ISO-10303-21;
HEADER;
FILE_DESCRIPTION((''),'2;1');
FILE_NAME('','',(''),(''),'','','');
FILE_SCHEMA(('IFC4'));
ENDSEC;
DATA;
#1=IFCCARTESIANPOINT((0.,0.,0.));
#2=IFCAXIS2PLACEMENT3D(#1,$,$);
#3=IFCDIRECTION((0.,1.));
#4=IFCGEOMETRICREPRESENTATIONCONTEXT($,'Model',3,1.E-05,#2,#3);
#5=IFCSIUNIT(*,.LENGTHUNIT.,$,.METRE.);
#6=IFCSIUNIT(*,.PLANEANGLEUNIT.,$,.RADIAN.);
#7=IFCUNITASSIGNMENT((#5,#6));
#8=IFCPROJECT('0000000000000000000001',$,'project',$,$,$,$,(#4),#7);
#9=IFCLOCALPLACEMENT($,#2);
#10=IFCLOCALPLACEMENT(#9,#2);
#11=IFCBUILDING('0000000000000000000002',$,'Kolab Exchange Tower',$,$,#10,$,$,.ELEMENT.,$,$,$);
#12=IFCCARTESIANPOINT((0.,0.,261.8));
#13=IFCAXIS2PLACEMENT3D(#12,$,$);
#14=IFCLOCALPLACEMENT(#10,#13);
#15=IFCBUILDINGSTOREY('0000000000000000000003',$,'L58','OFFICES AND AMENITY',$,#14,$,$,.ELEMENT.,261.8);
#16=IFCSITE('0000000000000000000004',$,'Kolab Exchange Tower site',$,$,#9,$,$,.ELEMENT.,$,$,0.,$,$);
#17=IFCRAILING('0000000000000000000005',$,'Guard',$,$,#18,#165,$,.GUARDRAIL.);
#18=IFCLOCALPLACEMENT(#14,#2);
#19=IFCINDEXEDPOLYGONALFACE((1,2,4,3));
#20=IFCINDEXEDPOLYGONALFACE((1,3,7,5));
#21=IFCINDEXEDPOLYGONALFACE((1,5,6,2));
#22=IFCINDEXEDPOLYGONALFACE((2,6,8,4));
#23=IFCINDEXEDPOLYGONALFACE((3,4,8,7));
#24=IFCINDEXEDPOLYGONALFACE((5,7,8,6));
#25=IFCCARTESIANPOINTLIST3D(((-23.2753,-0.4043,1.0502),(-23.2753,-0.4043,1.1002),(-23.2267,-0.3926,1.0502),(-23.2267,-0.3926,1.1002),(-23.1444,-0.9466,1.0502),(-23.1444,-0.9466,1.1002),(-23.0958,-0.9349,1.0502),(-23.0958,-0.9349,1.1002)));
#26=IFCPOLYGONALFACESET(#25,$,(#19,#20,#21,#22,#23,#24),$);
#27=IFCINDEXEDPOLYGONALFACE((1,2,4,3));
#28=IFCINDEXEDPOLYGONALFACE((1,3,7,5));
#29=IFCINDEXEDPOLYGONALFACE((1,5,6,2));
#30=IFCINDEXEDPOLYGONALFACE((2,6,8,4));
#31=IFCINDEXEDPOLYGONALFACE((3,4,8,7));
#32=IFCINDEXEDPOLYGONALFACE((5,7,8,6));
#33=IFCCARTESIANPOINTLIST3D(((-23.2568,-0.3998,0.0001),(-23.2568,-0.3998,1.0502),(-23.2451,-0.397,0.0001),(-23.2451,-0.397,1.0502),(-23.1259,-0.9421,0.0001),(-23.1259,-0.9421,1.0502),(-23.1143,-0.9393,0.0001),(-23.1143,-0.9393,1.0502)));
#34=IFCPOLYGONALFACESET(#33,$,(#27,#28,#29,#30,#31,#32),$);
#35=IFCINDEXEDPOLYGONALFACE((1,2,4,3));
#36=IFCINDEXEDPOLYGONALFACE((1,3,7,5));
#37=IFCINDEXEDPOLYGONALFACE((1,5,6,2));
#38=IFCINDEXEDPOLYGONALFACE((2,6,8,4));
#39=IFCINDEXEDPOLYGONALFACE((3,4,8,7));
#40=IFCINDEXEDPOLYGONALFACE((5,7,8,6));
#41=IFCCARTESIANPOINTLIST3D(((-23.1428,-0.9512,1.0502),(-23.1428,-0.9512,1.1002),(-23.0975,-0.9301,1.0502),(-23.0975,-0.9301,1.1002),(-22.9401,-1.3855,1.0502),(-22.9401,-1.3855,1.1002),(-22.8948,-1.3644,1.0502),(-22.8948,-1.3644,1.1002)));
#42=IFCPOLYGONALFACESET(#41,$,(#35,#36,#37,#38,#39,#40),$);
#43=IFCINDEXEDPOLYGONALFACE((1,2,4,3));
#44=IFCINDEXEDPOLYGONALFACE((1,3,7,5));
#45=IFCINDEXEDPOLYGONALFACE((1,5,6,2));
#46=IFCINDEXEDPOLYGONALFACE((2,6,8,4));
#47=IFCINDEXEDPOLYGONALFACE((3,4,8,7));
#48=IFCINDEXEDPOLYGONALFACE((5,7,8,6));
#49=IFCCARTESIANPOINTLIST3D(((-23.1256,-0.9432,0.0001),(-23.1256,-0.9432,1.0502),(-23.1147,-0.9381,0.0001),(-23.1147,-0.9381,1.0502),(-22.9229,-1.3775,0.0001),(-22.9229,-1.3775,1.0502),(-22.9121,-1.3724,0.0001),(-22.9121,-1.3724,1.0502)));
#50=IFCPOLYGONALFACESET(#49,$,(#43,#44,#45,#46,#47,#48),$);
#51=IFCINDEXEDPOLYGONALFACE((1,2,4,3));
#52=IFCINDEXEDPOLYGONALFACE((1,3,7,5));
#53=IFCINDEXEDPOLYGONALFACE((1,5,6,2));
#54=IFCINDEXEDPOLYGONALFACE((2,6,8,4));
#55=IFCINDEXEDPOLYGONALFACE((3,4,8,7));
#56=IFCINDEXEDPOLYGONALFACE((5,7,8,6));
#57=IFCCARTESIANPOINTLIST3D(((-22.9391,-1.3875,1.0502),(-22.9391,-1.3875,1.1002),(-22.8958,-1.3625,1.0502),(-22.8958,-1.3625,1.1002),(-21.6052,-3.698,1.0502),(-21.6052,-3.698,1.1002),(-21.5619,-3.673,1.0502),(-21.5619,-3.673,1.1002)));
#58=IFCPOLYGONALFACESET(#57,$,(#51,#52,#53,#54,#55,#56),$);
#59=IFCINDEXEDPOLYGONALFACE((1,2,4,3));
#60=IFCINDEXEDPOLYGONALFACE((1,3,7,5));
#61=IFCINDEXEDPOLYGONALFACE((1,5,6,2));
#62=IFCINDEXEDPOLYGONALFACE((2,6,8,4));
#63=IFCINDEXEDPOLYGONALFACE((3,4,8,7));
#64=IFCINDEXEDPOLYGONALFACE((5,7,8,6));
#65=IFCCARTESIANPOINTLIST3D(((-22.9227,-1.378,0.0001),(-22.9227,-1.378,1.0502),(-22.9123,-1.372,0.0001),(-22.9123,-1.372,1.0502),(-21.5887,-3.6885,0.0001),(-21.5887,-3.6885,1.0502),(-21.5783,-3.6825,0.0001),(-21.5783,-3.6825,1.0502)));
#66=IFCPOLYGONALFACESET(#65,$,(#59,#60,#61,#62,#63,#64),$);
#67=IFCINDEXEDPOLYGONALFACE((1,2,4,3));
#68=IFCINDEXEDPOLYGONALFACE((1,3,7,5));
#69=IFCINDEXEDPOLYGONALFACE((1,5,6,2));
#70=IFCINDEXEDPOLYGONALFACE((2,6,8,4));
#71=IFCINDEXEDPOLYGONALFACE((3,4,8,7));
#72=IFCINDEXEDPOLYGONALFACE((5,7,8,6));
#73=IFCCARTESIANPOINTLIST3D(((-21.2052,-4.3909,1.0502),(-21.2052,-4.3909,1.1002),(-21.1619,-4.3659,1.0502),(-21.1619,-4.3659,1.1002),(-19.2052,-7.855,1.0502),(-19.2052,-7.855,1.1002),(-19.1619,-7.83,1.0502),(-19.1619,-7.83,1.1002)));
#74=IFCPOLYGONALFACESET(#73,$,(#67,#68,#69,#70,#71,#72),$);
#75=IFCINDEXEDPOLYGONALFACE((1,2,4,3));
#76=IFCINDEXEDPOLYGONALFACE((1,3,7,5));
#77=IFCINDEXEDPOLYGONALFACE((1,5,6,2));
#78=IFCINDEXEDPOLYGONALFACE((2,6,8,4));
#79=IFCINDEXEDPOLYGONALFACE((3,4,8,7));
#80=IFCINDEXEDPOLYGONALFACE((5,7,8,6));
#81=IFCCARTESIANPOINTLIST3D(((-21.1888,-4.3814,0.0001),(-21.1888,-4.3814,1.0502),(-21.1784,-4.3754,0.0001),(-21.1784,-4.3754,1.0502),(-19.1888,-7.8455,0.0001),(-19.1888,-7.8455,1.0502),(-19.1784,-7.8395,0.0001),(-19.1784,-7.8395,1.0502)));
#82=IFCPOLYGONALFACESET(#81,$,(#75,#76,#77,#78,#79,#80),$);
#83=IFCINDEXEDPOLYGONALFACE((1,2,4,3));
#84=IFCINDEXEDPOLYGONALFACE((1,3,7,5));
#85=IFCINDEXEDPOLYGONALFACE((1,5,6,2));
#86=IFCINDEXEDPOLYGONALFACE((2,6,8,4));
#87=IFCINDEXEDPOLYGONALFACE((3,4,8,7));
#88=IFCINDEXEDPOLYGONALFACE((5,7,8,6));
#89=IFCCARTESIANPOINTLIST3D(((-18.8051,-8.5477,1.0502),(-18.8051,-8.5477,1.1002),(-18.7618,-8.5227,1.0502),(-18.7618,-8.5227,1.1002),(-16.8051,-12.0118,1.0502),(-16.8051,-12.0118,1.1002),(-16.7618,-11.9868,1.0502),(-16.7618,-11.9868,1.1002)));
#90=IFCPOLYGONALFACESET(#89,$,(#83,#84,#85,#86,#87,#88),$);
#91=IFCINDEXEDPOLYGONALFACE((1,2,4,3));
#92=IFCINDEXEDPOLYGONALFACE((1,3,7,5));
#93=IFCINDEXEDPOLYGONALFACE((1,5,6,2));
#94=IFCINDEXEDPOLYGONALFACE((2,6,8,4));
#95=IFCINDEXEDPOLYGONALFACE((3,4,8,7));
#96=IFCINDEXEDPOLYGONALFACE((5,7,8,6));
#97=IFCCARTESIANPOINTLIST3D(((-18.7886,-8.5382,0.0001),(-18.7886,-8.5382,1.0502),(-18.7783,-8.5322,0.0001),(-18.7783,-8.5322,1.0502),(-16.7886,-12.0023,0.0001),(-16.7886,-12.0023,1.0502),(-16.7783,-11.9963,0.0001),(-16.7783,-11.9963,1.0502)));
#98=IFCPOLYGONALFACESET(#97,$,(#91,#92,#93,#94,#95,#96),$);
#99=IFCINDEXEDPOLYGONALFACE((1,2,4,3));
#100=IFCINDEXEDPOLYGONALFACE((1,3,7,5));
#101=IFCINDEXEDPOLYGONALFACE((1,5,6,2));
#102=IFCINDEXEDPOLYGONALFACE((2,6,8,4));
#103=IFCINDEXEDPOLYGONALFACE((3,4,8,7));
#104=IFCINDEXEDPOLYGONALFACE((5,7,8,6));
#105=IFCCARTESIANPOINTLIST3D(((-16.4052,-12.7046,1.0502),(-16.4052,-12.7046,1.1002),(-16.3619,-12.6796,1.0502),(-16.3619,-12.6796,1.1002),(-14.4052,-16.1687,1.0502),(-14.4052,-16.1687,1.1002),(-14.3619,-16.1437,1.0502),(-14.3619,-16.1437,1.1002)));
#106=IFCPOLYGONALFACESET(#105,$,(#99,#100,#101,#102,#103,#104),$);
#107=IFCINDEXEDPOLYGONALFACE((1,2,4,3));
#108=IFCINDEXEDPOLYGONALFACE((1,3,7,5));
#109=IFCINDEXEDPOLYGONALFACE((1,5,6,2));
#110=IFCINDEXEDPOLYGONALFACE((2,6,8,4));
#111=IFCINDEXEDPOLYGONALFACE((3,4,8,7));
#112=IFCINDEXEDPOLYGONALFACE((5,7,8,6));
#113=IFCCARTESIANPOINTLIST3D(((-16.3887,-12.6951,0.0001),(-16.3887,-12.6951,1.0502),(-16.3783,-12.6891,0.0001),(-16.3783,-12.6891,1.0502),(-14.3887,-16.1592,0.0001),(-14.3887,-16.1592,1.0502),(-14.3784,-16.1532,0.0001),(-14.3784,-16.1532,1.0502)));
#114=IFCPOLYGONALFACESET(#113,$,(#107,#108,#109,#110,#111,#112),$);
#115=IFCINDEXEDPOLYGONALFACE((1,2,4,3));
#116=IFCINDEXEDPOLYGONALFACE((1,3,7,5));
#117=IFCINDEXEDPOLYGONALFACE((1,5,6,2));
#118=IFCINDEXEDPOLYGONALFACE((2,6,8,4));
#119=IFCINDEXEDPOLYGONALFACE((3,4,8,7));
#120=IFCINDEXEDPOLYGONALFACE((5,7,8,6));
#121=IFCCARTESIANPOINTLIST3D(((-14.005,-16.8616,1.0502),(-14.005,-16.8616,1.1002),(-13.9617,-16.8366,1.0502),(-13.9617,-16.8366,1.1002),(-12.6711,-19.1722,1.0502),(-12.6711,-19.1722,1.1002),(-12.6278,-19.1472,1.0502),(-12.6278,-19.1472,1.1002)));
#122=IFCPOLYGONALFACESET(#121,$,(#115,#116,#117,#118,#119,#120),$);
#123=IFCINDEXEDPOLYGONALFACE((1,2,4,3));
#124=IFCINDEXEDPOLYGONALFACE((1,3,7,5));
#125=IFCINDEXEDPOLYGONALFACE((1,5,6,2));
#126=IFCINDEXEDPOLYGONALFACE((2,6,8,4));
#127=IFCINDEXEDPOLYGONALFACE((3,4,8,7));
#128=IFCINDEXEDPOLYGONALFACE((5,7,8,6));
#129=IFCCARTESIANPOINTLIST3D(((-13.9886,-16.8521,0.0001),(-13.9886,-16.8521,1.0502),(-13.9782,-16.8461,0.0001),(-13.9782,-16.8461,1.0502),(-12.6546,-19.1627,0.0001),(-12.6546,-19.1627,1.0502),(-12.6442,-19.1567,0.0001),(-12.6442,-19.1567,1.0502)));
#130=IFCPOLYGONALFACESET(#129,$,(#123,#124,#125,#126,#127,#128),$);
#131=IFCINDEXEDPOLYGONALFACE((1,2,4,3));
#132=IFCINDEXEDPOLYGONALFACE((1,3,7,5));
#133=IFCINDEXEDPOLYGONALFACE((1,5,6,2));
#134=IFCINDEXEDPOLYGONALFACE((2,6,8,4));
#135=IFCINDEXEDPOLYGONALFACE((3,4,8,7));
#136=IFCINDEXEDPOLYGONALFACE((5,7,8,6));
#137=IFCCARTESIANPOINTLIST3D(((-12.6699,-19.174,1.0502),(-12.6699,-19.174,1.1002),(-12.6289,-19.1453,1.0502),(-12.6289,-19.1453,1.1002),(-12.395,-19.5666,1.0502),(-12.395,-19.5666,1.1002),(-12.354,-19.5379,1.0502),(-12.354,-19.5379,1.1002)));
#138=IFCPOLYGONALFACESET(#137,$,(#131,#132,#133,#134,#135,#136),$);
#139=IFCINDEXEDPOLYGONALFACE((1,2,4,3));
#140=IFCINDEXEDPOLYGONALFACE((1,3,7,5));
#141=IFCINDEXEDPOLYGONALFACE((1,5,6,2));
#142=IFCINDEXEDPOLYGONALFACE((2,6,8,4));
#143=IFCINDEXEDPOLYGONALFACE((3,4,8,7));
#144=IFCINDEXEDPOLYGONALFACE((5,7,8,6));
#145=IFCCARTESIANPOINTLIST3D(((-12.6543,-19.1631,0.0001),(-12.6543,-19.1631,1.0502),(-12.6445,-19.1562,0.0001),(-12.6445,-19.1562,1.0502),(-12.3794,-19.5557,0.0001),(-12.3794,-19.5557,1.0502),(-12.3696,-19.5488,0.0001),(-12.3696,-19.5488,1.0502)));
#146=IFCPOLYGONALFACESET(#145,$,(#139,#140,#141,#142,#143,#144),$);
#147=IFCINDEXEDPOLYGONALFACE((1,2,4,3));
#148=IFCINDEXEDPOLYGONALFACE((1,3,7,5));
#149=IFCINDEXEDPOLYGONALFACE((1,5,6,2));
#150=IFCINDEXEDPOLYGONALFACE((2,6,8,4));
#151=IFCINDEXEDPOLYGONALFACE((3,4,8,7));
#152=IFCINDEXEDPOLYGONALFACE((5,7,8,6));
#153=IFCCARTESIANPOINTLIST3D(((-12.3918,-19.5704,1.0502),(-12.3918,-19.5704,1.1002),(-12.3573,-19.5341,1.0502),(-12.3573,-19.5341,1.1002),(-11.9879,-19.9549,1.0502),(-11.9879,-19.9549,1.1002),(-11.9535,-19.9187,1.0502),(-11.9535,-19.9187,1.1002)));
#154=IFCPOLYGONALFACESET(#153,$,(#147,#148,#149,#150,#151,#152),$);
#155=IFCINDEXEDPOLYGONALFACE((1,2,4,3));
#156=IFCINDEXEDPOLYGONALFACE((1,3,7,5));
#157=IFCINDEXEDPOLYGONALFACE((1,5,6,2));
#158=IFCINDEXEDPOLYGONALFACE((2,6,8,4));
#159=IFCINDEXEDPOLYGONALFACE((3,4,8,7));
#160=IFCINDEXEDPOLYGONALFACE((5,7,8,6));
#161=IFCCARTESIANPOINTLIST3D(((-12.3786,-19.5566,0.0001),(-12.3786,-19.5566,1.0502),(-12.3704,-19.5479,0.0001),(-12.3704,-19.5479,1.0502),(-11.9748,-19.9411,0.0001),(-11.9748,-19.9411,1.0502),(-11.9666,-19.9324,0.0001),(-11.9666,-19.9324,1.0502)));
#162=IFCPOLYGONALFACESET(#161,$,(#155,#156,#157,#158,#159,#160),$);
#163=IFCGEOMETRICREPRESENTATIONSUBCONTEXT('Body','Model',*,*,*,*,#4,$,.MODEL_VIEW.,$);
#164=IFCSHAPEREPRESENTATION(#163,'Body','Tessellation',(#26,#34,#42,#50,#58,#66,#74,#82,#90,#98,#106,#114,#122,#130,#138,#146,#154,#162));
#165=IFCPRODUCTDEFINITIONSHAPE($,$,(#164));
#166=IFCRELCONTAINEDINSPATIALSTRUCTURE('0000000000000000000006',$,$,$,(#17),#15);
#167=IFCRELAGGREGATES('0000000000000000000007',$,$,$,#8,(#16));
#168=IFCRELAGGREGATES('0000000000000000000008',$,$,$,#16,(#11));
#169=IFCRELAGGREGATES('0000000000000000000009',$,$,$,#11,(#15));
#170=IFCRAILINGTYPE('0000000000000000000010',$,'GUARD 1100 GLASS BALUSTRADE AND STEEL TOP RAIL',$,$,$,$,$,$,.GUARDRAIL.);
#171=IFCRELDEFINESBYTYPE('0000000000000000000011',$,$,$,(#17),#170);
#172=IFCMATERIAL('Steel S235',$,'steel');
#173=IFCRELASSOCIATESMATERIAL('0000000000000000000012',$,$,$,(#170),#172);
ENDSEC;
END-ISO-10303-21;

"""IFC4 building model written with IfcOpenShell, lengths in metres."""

from ifc_helpers import new_model, si_unit, direction, frame, frame_2d, origin, origin_2d, place, context, subcontext, project, spatial, rectangle, extrude, material, type_object, element, save


model = new_model("IFC4")

# Units and contexts
model_context = context("Model", 3, precision=1e-05, world=origin(), true_north=direction((0.0, 1.0)))
body_context = subcontext(model_context, "Body", "Model", "MODEL_VIEW")
ifc_project = project(units=[si_unit("LENGTHUNIT", "METRE"), si_unit("PLANEANGLEUNIT", "RADIAN")], contexts=[model_context])

# Site, building, storey
site_placement = place(None, origin())
site = spatial("IfcSite", under=ifc_project, at=site_placement, Name="Kolab Exchange Tower site", CompositionType="ELEMENT", RefElevation=0.0)
building_placement = place(site_placement, origin())
building = spatial("IfcBuilding", under=site, at=building_placement, Name="Kolab Exchange Tower", CompositionType="ELEMENT")
storey_placement = place(building_placement, frame((0.0, 0.0, 261.8)))
storey = spatial("IfcBuildingStorey", under=building, at=storey_placement, Name="L58", Description="OFFICES AND AMENITY", CompositionType="ELEMENT", Elevation=261.8)

# Railing
ifc_material_1 = material(Name="Steel S235", Category="steel")
railing_type = type_object("IfcRailingType", Name="GUARD 1100 GLASS BALUSTRADE AND STEEL TOP RAIL", PredefinedType="GUARDRAIL", material=ifc_material_1)
railing_placement = place(storey_placement, frame((-23.251, -0.3984, 0.0)))
element("IfcRailing", 1, at=railing_placement, inside=storey, type_object=railing_type, Name="Guard", PredefinedType="GUARDRAIL", context=body_context, shape_type="SweptSolid", body=[
    extrude(rectangle(XDim=0.05, YDim=0.05, at=origin_2d()), frame((0.0, 0.0, 1.0752), z_axis=(0.234598, -0.972093, 0.0), x_axis=(0.972093, 0.234598, 0.0)), (0.0, 0.0, 1.0), 0.5579),
    extrude(rectangle(XDim=0.012, YDim=1.0501, at=frame_2d((0.0, 0.5251))), frame((0.0, 0.0, 0.0), z_axis=(0.234598, -0.972093, 0.0), x_axis=(0.972093, 0.234598, 0.0)), (0.0, 0.0, 1.0), 0.5579),
    extrude(rectangle(XDim=0.05, YDim=0.05, at=origin_2d()), frame((0.1309, -0.5422, 1.0752), z_axis=(0.422802, -0.906222, 0.0), x_axis=(0.906222, 0.422802, 0.0)), (0.0, 0.0, 1.0), 0.4792),
    extrude(rectangle(XDim=0.012, YDim=1.0501, at=frame_2d((0.0, 0.5251))), frame((0.1309, -0.5422, 0.0), z_axis=(0.422802, -0.906222, 0.0), x_axis=(0.906222, 0.422802, 0.0)), (0.0, 0.0, 1.0), 0.4792),
    extrude(rectangle(XDim=0.05, YDim=0.05, at=origin_2d()), frame((0.3335, -0.9766, 1.0752), z_axis=(0.499997, -0.866027, 0.0), x_axis=(0.866027, 0.499997, 0.0)), (0.0, 0.0, 1.0), 2.668),
    extrude(rectangle(XDim=0.012, YDim=1.0501, at=frame_2d((0.0, 0.5251))), frame((0.3335, -0.9766, 0.0), z_axis=(0.499997, -0.866027, 0.0), x_axis=(0.866027, 0.499997, 0.0)), (0.0, 0.0, 1.0), 2.668),
    extrude(rectangle(XDim=0.05, YDim=0.05, at=origin_2d()), frame((2.0674, -3.98, 1.0752), z_axis=(0.499999, -0.866026, 0.0), x_axis=(0.866026, 0.499999, 0.0)), (0.0, 0.0, 1.0), 4.0),
    extrude(rectangle(XDim=0.012, YDim=1.0501, at=frame_2d((0.0, 0.5251))), frame((2.0674, -3.98, 0.0), z_axis=(0.499999, -0.866026, 0.0), x_axis=(0.866026, 0.499999, 0.0)), (0.0, 0.0, 1.0), 4.0),
    extrude(rectangle(XDim=0.05, YDim=0.05, at=origin_2d()), frame((4.4675, -8.1367, 1.0752), z_axis=(0.499999, -0.866026, 0.0), x_axis=(0.866026, 0.499999, 0.0)), (0.0, 0.0, 1.0), 4.0),
    extrude(rectangle(XDim=0.012, YDim=1.0501, at=frame_2d((0.0, 0.5251))), frame((4.4675, -8.1367, 0.0), z_axis=(0.499999, -0.866026, 0.0), x_axis=(0.866026, 0.499999, 0.0)), (0.0, 0.0, 1.0), 4.0),
    extrude(rectangle(XDim=0.05, YDim=0.05, at=origin_2d()), frame((6.8674, -12.2937, 1.0752), z_axis=(0.499999, -0.866026, 0.0), x_axis=(0.866026, 0.499999, 0.0)), (0.0, 0.0, 1.0), 4.0),
    extrude(rectangle(XDim=0.012, YDim=1.0501, at=frame_2d((0.0, 0.5251))), frame((6.8674, -12.2937, 0.0), z_axis=(0.499999, -0.866026, 0.0), x_axis=(0.866026, 0.499999, 0.0)), (0.0, 0.0, 1.0), 4.0),
    extrude(rectangle(XDim=0.05, YDim=0.05, at=origin_2d()), frame((9.2676, -16.4507, 1.0752), z_axis=(0.499997, -0.866027, 0.0), x_axis=(0.866027, 0.499997, 0.0)), (0.0, 0.0, 1.0), 2.668),
    extrude(rectangle(XDim=0.012, YDim=1.0501, at=frame_2d((0.0, 0.5251))), frame((9.2676, -16.4507, 0.0), z_axis=(0.499997, -0.866027, 0.0), x_axis=(0.866027, 0.499997, 0.0)), (0.0, 0.0, 1.0), 2.668),
    extrude(rectangle(XDim=0.05, YDim=0.05, at=origin_2d()), frame((10.6016, -18.7612, 1.0752), z_axis=(0.573599, -0.819136, 0.0), x_axis=(0.819136, 0.573599, 0.0)), (0.0, 0.0, 1.0), 0.4792),
    extrude(rectangle(XDim=0.012, YDim=1.0501, at=frame_2d((0.0, 0.5251))), frame((10.6016, -18.7612, 0.0), z_axis=(0.573599, -0.819136, 0.0), x_axis=(0.819136, 0.573599, 0.0)), (0.0, 0.0, 1.0), 0.4792),
    extrude(rectangle(XDim=0.05, YDim=0.05, at=origin_2d()), frame((10.8765, -19.1538, 1.0752), z_axis=(0.72419, -0.689601, 0.0), x_axis=(0.689601, 0.72419, 0.0)), (0.0, 0.0, 1.0), 0.5576),
    extrude(rectangle(XDim=0.012, YDim=1.0501, at=frame_2d((0.0, 0.5251))), frame((10.8765, -19.1538, 0.0), z_axis=(0.72419, -0.689601, 0.0), x_axis=(0.689601, 0.72419, 0.0)), (0.0, 0.0, 1.0), 0.5576),
])

save(model, "model.ifc")
